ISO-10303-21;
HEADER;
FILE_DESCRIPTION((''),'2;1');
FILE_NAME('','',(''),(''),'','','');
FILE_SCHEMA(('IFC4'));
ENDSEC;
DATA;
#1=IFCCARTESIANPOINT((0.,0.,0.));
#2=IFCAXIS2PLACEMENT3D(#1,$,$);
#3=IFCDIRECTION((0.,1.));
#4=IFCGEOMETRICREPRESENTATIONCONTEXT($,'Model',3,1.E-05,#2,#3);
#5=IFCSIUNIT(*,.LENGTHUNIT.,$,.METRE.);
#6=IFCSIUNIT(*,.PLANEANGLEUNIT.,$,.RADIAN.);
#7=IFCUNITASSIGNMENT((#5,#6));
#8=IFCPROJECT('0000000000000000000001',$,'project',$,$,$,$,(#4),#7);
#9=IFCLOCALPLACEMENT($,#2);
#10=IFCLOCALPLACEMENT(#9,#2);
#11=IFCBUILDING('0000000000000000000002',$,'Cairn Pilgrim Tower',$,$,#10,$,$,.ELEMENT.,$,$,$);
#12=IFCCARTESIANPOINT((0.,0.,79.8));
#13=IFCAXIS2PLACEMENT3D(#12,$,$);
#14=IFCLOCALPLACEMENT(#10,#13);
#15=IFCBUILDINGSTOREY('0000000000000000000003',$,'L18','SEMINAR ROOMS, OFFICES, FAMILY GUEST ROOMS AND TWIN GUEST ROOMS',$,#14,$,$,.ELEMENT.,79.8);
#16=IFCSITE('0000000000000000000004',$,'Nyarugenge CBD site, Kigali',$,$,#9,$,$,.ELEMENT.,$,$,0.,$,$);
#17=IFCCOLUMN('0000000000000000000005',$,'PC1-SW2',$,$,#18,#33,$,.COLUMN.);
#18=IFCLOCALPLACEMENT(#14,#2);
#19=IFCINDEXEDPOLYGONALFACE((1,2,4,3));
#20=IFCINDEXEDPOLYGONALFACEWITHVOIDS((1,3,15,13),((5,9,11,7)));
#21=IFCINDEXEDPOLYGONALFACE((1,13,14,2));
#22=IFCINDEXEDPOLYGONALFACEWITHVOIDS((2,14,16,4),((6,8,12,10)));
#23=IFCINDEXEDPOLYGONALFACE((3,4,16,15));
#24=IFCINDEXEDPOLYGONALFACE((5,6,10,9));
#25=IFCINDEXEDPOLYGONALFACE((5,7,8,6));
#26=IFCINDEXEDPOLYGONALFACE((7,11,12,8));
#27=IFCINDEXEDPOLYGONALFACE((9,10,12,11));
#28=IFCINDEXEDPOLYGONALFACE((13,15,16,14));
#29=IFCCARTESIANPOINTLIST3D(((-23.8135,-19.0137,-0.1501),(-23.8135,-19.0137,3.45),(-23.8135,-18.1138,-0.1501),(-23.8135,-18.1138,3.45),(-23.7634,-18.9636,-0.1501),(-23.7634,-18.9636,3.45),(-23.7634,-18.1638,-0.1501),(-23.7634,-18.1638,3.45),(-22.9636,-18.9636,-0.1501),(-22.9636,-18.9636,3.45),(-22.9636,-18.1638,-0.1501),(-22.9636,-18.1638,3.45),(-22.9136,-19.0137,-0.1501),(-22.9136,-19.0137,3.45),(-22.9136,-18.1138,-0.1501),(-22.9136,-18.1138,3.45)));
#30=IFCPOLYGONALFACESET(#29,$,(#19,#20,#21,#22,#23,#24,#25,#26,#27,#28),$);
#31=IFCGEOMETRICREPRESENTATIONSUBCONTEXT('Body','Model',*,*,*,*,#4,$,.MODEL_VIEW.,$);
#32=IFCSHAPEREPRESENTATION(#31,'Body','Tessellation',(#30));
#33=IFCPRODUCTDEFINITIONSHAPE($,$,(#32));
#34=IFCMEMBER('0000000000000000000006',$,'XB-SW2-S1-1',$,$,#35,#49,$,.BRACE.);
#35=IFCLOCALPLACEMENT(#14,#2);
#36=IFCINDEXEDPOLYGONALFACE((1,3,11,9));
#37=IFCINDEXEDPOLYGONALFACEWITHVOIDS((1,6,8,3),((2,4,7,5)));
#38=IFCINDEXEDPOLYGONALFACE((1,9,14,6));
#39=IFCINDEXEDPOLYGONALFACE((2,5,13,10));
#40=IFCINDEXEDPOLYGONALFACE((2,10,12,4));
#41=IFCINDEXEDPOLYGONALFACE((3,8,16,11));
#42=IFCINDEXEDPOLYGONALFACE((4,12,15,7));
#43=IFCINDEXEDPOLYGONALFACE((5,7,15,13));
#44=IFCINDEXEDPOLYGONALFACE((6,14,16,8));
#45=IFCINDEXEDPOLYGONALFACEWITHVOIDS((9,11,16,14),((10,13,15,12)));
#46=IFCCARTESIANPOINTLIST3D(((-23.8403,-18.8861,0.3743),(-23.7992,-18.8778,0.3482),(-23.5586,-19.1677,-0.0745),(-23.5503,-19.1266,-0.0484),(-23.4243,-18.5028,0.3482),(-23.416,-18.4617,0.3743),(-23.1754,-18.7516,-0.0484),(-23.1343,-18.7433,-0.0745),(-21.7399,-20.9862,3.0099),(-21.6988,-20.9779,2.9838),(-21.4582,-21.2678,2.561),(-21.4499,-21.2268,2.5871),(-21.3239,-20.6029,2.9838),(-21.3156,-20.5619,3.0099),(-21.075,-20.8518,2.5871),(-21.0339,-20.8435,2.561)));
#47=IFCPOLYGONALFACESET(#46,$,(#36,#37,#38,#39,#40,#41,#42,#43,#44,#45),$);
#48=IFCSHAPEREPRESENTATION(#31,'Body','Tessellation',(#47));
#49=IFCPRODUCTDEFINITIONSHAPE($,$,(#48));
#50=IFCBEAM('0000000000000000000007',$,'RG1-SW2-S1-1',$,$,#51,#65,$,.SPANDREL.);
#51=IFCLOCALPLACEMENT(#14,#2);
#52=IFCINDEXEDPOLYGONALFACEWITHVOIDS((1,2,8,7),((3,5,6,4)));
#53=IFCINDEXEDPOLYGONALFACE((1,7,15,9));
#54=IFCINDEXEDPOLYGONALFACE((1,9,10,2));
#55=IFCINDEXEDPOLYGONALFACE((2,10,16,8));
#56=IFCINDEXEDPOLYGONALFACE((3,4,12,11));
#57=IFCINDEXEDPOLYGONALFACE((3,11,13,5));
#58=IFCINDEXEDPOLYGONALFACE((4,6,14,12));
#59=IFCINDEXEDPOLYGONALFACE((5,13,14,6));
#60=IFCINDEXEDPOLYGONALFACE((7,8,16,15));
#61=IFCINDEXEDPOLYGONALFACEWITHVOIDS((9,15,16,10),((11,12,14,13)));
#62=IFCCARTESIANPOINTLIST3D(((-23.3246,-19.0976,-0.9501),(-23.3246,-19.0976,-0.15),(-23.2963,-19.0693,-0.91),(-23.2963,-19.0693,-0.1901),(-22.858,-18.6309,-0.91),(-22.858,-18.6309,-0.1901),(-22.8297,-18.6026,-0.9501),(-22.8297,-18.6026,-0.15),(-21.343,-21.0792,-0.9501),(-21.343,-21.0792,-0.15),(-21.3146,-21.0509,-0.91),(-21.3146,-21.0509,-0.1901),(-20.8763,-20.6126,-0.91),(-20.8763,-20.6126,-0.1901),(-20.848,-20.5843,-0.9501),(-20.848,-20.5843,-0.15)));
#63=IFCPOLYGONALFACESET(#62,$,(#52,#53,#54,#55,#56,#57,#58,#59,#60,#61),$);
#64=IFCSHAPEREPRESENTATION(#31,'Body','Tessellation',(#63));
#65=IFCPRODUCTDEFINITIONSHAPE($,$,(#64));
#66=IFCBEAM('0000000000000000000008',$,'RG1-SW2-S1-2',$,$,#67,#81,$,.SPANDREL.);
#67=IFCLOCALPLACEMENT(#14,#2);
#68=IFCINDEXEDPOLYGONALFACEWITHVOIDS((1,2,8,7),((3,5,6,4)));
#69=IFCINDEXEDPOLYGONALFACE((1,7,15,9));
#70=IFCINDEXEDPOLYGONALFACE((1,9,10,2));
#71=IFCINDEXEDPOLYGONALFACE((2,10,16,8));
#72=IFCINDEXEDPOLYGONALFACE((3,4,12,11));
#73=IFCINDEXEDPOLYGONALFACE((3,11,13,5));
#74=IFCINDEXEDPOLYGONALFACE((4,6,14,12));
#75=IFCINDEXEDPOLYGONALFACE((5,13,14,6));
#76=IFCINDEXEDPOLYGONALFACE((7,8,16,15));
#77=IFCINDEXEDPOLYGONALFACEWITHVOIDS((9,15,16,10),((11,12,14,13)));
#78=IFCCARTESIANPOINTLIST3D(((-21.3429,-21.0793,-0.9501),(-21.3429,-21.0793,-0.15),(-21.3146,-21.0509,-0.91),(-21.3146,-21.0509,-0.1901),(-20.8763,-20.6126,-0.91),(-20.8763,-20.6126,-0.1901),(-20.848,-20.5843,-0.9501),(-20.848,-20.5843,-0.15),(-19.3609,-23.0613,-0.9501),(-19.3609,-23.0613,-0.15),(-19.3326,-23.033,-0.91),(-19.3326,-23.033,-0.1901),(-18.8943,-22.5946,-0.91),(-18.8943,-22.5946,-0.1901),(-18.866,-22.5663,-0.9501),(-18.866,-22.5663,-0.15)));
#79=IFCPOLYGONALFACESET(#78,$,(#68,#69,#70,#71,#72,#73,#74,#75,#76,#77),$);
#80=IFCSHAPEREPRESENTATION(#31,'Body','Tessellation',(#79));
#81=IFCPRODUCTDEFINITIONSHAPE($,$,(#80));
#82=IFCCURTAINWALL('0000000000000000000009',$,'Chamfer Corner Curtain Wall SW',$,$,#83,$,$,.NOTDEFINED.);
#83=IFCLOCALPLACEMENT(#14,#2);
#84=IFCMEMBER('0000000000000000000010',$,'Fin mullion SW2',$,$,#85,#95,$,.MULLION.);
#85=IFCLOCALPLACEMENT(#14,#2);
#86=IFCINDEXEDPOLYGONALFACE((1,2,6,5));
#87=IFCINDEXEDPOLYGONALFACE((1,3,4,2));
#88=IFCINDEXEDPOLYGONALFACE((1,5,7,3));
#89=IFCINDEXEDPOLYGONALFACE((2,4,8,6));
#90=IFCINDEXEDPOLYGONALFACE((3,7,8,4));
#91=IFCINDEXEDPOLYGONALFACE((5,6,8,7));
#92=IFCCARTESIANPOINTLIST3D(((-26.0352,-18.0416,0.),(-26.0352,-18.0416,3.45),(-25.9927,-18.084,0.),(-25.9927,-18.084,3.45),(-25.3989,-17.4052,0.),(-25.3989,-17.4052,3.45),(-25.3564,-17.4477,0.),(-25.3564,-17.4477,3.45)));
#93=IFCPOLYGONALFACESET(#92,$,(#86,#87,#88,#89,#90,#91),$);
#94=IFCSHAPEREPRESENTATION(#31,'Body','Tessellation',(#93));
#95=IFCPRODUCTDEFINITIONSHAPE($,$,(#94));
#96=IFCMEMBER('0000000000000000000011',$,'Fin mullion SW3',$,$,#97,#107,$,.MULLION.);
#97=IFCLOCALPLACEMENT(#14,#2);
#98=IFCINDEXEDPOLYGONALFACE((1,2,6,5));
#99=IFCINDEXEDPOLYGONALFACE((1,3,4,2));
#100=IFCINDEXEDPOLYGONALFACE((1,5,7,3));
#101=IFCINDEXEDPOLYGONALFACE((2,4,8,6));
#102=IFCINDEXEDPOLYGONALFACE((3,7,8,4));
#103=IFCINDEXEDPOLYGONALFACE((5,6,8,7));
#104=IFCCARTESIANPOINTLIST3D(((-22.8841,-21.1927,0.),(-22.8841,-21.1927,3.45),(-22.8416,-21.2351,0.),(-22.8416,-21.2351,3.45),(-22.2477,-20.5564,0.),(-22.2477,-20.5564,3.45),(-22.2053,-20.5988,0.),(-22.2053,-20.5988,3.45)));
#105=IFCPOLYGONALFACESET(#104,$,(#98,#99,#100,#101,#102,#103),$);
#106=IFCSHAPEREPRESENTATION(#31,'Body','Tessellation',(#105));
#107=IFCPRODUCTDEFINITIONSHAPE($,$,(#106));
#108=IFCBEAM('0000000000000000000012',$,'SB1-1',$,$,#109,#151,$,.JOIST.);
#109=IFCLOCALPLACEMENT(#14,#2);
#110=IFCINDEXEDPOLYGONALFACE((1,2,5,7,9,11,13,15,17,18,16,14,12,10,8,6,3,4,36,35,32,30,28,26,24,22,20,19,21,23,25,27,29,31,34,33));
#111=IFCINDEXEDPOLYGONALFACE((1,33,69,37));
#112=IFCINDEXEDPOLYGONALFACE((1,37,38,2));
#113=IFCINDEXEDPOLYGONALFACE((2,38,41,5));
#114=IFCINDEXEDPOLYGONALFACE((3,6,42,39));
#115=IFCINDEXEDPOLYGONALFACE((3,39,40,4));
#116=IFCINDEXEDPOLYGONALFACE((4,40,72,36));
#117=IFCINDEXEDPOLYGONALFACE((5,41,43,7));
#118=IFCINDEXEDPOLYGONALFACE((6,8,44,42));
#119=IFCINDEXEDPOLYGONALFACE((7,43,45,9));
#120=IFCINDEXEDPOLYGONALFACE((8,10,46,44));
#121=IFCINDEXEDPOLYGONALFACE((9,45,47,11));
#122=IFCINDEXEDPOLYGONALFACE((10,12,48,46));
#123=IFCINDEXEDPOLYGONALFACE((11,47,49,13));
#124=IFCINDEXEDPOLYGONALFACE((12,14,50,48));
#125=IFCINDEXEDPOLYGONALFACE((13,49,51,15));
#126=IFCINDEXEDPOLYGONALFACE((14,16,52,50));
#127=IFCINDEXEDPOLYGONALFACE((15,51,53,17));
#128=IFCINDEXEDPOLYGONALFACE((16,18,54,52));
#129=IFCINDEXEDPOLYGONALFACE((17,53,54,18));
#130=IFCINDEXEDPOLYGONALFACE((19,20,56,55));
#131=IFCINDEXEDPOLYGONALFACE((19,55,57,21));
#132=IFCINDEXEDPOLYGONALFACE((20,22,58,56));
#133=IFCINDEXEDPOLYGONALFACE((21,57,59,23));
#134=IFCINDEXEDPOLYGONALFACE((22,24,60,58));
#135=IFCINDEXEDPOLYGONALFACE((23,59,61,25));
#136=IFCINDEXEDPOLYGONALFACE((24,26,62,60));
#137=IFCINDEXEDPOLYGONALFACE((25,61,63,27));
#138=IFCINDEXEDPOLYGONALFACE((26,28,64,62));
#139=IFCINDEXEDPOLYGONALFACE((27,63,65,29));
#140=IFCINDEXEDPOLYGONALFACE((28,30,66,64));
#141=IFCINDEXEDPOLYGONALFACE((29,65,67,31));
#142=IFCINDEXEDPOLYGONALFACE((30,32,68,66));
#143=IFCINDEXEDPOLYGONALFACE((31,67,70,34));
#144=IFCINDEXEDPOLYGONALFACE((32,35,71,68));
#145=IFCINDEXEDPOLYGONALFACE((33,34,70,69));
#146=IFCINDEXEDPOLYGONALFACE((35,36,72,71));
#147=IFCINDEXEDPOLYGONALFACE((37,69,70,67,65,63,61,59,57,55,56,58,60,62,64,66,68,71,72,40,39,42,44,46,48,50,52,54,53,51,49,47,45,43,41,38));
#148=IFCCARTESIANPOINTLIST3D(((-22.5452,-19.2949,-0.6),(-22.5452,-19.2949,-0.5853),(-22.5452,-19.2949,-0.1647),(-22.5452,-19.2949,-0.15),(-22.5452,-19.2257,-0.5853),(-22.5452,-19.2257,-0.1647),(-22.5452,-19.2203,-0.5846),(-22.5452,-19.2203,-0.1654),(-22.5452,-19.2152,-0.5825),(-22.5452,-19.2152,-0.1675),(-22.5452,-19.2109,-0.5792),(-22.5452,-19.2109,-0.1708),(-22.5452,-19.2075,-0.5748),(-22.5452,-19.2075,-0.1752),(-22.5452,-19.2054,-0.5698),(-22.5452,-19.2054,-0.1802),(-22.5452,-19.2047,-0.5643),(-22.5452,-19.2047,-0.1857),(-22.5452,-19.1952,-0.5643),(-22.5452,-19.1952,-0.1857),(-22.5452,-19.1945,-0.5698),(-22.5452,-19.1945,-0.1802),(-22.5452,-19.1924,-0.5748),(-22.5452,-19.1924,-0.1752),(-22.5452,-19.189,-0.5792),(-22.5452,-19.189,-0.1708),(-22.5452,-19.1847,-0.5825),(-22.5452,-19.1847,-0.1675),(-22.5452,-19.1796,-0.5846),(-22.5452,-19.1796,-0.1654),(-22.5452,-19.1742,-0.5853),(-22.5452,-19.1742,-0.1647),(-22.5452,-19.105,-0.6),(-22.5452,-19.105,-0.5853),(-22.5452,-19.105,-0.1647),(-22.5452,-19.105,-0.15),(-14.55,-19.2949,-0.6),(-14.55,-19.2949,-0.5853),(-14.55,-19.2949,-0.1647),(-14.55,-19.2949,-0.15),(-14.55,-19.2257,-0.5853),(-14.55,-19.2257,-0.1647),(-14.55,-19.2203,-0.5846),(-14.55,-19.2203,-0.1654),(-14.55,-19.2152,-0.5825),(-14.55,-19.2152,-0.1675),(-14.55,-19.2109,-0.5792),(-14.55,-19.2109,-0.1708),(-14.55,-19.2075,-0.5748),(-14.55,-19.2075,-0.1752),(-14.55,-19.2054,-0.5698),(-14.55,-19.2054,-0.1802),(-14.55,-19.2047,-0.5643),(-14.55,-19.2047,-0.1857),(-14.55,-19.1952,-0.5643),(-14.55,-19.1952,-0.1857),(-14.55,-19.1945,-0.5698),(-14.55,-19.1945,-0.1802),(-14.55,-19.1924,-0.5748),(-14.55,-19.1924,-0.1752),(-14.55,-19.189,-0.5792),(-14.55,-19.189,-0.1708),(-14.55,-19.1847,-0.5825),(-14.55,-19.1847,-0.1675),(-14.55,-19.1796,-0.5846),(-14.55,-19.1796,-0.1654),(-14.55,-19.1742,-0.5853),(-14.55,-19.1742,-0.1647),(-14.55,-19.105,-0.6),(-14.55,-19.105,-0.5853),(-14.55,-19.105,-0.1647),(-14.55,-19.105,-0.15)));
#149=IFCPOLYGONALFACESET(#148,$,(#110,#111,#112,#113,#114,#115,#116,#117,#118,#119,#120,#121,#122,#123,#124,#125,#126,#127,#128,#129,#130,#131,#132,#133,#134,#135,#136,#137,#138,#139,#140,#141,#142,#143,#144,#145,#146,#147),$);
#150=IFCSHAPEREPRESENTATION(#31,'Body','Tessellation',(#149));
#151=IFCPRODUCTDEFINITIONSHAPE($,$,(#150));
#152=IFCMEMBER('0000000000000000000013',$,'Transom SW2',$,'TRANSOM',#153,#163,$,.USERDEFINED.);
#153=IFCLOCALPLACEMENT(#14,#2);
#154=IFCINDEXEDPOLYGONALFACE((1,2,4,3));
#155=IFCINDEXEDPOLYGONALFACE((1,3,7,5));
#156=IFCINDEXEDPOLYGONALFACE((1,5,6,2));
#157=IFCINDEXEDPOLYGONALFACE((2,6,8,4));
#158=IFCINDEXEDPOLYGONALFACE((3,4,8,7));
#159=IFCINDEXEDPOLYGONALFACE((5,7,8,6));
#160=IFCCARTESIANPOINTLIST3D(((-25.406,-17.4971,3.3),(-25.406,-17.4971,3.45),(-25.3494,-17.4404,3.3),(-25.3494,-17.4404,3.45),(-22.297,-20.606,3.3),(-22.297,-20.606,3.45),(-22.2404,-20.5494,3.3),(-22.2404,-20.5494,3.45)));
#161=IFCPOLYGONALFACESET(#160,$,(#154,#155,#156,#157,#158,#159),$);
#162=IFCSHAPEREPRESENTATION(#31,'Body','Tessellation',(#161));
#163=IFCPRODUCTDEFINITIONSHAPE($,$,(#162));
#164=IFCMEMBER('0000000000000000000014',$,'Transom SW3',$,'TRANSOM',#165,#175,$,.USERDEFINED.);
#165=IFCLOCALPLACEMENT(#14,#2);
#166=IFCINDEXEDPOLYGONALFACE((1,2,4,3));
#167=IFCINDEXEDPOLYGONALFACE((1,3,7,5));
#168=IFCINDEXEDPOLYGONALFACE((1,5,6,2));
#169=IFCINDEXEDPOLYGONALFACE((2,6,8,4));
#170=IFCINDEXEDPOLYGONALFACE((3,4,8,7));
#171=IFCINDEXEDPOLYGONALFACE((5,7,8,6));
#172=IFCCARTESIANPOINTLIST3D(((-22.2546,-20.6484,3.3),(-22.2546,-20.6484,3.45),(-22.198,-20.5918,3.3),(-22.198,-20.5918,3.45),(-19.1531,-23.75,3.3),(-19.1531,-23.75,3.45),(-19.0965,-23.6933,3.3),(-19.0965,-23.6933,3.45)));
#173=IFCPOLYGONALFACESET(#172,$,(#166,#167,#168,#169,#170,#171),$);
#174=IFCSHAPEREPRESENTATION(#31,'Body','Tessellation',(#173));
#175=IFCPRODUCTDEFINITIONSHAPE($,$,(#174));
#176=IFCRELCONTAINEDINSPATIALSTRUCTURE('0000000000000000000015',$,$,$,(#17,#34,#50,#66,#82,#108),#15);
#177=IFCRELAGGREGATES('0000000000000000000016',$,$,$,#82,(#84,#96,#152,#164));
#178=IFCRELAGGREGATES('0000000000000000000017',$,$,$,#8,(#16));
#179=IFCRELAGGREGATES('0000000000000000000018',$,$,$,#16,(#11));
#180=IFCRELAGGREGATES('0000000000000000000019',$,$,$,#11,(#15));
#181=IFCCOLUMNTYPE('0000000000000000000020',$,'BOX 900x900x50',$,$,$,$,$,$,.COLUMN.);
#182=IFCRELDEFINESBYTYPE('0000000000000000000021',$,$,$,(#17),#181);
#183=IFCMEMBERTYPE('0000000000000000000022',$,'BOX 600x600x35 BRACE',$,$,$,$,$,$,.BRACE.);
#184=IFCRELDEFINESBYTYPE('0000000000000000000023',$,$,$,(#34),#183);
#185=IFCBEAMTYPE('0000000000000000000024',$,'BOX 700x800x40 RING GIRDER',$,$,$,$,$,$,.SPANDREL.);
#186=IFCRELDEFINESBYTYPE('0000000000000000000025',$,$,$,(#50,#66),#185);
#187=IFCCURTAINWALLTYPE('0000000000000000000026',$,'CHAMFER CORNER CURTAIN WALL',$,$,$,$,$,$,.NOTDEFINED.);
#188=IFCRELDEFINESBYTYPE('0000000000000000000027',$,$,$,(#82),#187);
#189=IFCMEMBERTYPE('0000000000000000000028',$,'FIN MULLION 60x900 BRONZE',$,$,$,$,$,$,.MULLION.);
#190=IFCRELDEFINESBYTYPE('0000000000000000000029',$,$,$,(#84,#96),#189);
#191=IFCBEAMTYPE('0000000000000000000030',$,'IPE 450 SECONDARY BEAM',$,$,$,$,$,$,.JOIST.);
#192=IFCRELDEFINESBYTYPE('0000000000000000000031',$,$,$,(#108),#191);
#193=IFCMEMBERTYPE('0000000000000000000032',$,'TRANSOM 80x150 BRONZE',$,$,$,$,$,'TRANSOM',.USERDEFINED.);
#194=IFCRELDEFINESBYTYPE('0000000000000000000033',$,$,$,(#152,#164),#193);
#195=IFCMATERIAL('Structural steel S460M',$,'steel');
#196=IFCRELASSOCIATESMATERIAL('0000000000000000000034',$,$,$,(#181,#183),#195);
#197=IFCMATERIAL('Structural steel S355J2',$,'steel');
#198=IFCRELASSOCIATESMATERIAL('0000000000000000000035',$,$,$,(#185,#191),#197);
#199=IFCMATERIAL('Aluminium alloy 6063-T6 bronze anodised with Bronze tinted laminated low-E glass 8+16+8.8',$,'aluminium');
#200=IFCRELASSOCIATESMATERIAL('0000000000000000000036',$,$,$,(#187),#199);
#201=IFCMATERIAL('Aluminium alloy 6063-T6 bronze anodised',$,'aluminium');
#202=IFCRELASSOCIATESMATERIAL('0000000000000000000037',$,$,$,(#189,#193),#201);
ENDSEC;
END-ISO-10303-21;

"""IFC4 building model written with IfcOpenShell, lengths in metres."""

from ifc_helpers import new_model, si_unit, direction, frame, origin, origin_2d, place, context, subcontext, project, spatial, rectangle, hollow_rectangle, i_section, extrude, material, material_profile, profile_set, type_object, element, aggregate, save


model = new_model("IFC4")

# Units and contexts
model_context = context("Model", 3, precision=1e-05, world=origin(), true_north=direction((0.0, 1.0)))
body_context = subcontext(model_context, "Body", "Model", "MODEL_VIEW")
ifc_project = project(units=[si_unit("LENGTHUNIT", "METRE"), si_unit("PLANEANGLEUNIT", "RADIAN")], contexts=[model_context])

# Site, building, storey
site_placement = place(None, origin())
site = spatial("IfcSite", under=ifc_project, at=site_placement, Name="Nyarugenge CBD site, Kigali", CompositionType="ELEMENT", RefElevation=0.0)
building_placement = place(site_placement, origin())
building = spatial("IfcBuilding", under=site, at=building_placement, Name="Cairn Pilgrim Tower", CompositionType="ELEMENT")
storey_placement = place(building_placement, frame((0.0, 0.0, 79.8)))
storey = spatial("IfcBuildingStorey", under=building, at=storey_placement, Name="L18", Description="SEMINAR ROOMS, OFFICES, FAMILY GUEST ROOMS AND TWIN GUEST ROOMS", CompositionType="ELEMENT", Elevation=79.8)

# Column
ifc_material_1 = material(Name="Structural steel S460M", Category="steel")
ifc_material_profile_1 = material_profile(ifc_material_1, hollow_rectangle(XDim=0.8999, YDim=0.8999, WallThickness=0.05, at=origin_2d()), Name="BOX 900x900x50")
ifc_profile_set_1 = profile_set([ifc_material_profile_1], Name="Structural steel S460M")
column_type = type_object("IfcColumnType", Name="BOX 900x900x50", PredefinedType="COLUMN", material=ifc_profile_set_1)
column_placement = place(storey_placement, frame((-23.3635, -18.5637, -0.1501), z_axis=(0.0, 0.0, 1.0), x_axis=(1.0, 0.0, 0.0)))
element("IfcColumn", 1, at=column_placement, inside=storey, type_object=column_type, Name="PC1-SW2", PredefinedType="COLUMN", context=body_context, shape_type="SweptSolid", body=[
    extrude(hollow_rectangle(XDim=0.8999, YDim=0.8999, WallThickness=0.05, at=origin_2d()), origin(), (0.0, 0.0, 1.0), 3.6001),
])

# Member
ifc_material_profile_2 = material_profile(ifc_material_1, hollow_rectangle(XDim=0.6001, YDim=0.6001, WallThickness=0.0349, at=origin_2d()), Name="BOX 600x600x35")
ifc_profile_set_2 = profile_set([ifc_material_profile_2], Name="Structural steel S460M")
member_type_1 = type_object("IfcMemberType", Name="BOX 600x600x35 BRACE", PredefinedType="BRACE", material=ifc_profile_set_2)
member_1_placement = place(storey_placement, frame((-23.4873, -18.8147, 0.1499), z_axis=(0.528939, -0.528878, 0.66371), x_axis=(0.707066, 0.707148, 0.0)))
element("IfcMember", 2, at=member_1_placement, inside=storey, type_object=member_type_1, Name="XB-SW2-S1-1", PredefinedType="BRACE", context=body_context, shape_type="SweptSolid", body=[
    extrude(hollow_rectangle(XDim=0.6001, YDim=0.6001, WallThickness=0.0349, at=origin_2d()), origin(), (0.0, 0.0, 1.0), 3.9709),
])

# Beams
ifc_material_2 = material(Name="Structural steel S355J2", Category="steel")
ifc_material_profile_3 = material_profile(ifc_material_2, hollow_rectangle(XDim=0.7, YDim=0.8, WallThickness=0.04, at=origin_2d()), Name="BOX 700x800x40")
ifc_profile_set_3 = profile_set([ifc_material_profile_3], Name="Structural steel S355J2")
beam_type_1 = type_object("IfcBeamType", Name="BOX 700x800x40 RING GIRDER", PredefinedType="SPANDREL", material=ifc_profile_set_3)
beam_1_placement = place(storey_placement, frame((-23.0771, -18.8501, -0.55), z_axis=(0.707107, -0.707107, 0.0), x_axis=(0.707107, 0.707107, 0.0)))
element("IfcBeam", 3, at=beam_1_placement, inside=storey, type_object=beam_type_1, Name="RG1-SW2-S1-1", PredefinedType="SPANDREL", context=body_context, shape_type="SweptSolid", body=[
    extrude(hollow_rectangle(XDim=0.7, YDim=0.8, WallThickness=0.04, at=origin_2d()), origin(), (0.0, 0.0, 1.0), 2.8025),
])
beam_2_placement = place(storey_placement, frame((-21.0955, -20.8318, -0.55), z_axis=(0.707107, -0.707107, 0.0), x_axis=(0.707107, 0.707107, 0.0)))
element("IfcBeam", 4, at=beam_2_placement, inside=storey, type_object=beam_type_1, Name="RG1-SW2-S1-2", PredefinedType="SPANDREL", context=body_context, shape_type="SweptSolid", body=[
    extrude(hollow_rectangle(XDim=0.7, YDim=0.8, WallThickness=0.04, at=origin_2d()), origin(), (0.0, 0.0, 1.0), 2.803),
])

# Curtain wall, members
ifc_material_3 = material(Name="Aluminium alloy 6063-T6 bronze anodised with Bronze tinted laminated low-E glass 8+16+8.8", Category="aluminium")
curtain_wall_type = type_object("IfcCurtainWallType", Name="CHAMFER CORNER CURTAIN WALL", PredefinedType="NOTDEFINED", material=ifc_material_3)
curtain_wall_placement = place(storey_placement, origin())
curtain_wall = element("IfcCurtainWall", 5, at=curtain_wall_placement, inside=storey, type_object=curtain_wall_type, Name="Chamfer Corner Curtain Wall SW", PredefinedType="NOTDEFINED")
ifc_material_4 = material(Name="Aluminium alloy 6063-T6 bronze anodised", Category="aluminium")
ifc_material_profile_4 = material_profile(ifc_material_4, rectangle(XDim=0.8999, YDim=0.0601, at=origin_2d()), Name="FIN MULLION 60x900 BRONZE")
ifc_profile_set_4 = profile_set([ifc_material_profile_4], Name="Aluminium alloy 6063-T6 bronze anodised")
member_type_2 = type_object("IfcMemberType", Name="FIN MULLION 60x900 BRONZE", PredefinedType="MULLION", material=ifc_profile_set_4)
member_2_placement = place(storey_placement, frame((-25.6958, -17.7446, 0.0), z_axis=(0.0, 0.0, 1.0), x_axis=(-0.707107, -0.707107, 0.0)))
member_2 = element("IfcMember", 6, at=member_2_placement, type_object=member_type_2, Name="Fin mullion SW2", PredefinedType="MULLION", context=body_context, shape_type="SweptSolid", body=[
    extrude(rectangle(XDim=0.8999, YDim=0.0601, at=origin_2d()), origin(), (0.0, 0.0, 1.0), 3.45),
])
member_3_placement = place(storey_placement, frame((-22.5447, -20.8958, 0.0), z_axis=(0.0, 0.0, 1.0), x_axis=(-0.707107, -0.707107, 0.0)))
member_3 = element("IfcMember", 7, at=member_3_placement, type_object=member_type_2, Name="Fin mullion SW3", PredefinedType="MULLION", context=body_context, shape_type="SweptSolid", body=[
    extrude(rectangle(XDim=0.8999, YDim=0.0601, at=origin_2d()), origin(), (0.0, 0.0, 1.0), 3.45),
])

# Beam
ifc_material_profile_5 = material_profile(ifc_material_2, i_section(OverallWidth=0.1899, OverallDepth=0.45, WebThickness=0.0095, FlangeThickness=0.0146, FilletRadius=0.021, at=origin_2d()), Name="IPE 450")
ifc_profile_set_5 = profile_set([ifc_material_profile_5], Name="Structural steel S355J2")
beam_type_2 = type_object("IfcBeamType", Name="IPE 450 SECONDARY BEAM", PredefinedType="JOIST", material=ifc_profile_set_5)
beam_3_placement = place(storey_placement, frame((-22.5452, -19.2, -0.375), z_axis=(1.0, 0.0, 0.0), x_axis=(0.0, 1.0, 0.0)))
element("IfcBeam", 8, at=beam_3_placement, inside=storey, type_object=beam_type_2, Name="SB1-1", PredefinedType="JOIST", context=body_context, shape_type="SweptSolid", body=[
    extrude(i_section(OverallWidth=0.1899, OverallDepth=0.45, WebThickness=0.0095, FlangeThickness=0.0146, FilletRadius=0.021, at=origin_2d()), origin(), (0.0, 0.0, 1.0), 7.9951),
])

# Members
ifc_material_profile_6 = material_profile(ifc_material_4, rectangle(XDim=0.0801, YDim=0.1499, at=origin_2d()), Name="TRANSOM 80x150 BRONZE")
ifc_profile_set_6 = profile_set([ifc_material_profile_6], Name="Aluminium alloy 6063-T6 bronze anodised")
member_type_3 = type_object("IfcMemberType", Name="TRANSOM 80x150 BRONZE", ElementType="TRANSOM", PredefinedType="USERDEFINED", material=ifc_profile_set_6)
member_4_placement = place(storey_placement, frame((-25.3777, -17.4688, 3.375), z_axis=(0.707107, -0.707107, 0.0), x_axis=(0.707107, 0.707107, 0.0)))
member_4 = element("IfcMember", 9, at=member_4_placement, type_object=member_type_3, Name="Transom SW2", ObjectType="TRANSOM", PredefinedType="USERDEFINED", context=body_context, shape_type="SweptSolid", body=[
    extrude(rectangle(XDim=0.0801, YDim=0.1499, at=origin_2d()), origin(), (0.0, 0.0, 1.0), 4.3967),
])
member_5_placement = place(storey_placement, frame((-22.2263, -20.6201, 3.375), z_axis=(0.707107, -0.707107, 0.0), x_axis=(0.707107, 0.707107, 0.0)))
member_5 = element("IfcMember", 10, at=member_5_placement, type_object=member_type_3, Name="Transom SW3", ObjectType="TRANSOM", PredefinedType="USERDEFINED", context=body_context, shape_type="SweptSolid", body=[
    extrude(rectangle(XDim=0.0801, YDim=0.1499, at=origin_2d()), origin(), (0.0, 0.0, 1.0), 4.3862),
])

aggregate(curtain_wall, [member_2, member_3, member_4, member_5])

save(model, "model.ifc")
